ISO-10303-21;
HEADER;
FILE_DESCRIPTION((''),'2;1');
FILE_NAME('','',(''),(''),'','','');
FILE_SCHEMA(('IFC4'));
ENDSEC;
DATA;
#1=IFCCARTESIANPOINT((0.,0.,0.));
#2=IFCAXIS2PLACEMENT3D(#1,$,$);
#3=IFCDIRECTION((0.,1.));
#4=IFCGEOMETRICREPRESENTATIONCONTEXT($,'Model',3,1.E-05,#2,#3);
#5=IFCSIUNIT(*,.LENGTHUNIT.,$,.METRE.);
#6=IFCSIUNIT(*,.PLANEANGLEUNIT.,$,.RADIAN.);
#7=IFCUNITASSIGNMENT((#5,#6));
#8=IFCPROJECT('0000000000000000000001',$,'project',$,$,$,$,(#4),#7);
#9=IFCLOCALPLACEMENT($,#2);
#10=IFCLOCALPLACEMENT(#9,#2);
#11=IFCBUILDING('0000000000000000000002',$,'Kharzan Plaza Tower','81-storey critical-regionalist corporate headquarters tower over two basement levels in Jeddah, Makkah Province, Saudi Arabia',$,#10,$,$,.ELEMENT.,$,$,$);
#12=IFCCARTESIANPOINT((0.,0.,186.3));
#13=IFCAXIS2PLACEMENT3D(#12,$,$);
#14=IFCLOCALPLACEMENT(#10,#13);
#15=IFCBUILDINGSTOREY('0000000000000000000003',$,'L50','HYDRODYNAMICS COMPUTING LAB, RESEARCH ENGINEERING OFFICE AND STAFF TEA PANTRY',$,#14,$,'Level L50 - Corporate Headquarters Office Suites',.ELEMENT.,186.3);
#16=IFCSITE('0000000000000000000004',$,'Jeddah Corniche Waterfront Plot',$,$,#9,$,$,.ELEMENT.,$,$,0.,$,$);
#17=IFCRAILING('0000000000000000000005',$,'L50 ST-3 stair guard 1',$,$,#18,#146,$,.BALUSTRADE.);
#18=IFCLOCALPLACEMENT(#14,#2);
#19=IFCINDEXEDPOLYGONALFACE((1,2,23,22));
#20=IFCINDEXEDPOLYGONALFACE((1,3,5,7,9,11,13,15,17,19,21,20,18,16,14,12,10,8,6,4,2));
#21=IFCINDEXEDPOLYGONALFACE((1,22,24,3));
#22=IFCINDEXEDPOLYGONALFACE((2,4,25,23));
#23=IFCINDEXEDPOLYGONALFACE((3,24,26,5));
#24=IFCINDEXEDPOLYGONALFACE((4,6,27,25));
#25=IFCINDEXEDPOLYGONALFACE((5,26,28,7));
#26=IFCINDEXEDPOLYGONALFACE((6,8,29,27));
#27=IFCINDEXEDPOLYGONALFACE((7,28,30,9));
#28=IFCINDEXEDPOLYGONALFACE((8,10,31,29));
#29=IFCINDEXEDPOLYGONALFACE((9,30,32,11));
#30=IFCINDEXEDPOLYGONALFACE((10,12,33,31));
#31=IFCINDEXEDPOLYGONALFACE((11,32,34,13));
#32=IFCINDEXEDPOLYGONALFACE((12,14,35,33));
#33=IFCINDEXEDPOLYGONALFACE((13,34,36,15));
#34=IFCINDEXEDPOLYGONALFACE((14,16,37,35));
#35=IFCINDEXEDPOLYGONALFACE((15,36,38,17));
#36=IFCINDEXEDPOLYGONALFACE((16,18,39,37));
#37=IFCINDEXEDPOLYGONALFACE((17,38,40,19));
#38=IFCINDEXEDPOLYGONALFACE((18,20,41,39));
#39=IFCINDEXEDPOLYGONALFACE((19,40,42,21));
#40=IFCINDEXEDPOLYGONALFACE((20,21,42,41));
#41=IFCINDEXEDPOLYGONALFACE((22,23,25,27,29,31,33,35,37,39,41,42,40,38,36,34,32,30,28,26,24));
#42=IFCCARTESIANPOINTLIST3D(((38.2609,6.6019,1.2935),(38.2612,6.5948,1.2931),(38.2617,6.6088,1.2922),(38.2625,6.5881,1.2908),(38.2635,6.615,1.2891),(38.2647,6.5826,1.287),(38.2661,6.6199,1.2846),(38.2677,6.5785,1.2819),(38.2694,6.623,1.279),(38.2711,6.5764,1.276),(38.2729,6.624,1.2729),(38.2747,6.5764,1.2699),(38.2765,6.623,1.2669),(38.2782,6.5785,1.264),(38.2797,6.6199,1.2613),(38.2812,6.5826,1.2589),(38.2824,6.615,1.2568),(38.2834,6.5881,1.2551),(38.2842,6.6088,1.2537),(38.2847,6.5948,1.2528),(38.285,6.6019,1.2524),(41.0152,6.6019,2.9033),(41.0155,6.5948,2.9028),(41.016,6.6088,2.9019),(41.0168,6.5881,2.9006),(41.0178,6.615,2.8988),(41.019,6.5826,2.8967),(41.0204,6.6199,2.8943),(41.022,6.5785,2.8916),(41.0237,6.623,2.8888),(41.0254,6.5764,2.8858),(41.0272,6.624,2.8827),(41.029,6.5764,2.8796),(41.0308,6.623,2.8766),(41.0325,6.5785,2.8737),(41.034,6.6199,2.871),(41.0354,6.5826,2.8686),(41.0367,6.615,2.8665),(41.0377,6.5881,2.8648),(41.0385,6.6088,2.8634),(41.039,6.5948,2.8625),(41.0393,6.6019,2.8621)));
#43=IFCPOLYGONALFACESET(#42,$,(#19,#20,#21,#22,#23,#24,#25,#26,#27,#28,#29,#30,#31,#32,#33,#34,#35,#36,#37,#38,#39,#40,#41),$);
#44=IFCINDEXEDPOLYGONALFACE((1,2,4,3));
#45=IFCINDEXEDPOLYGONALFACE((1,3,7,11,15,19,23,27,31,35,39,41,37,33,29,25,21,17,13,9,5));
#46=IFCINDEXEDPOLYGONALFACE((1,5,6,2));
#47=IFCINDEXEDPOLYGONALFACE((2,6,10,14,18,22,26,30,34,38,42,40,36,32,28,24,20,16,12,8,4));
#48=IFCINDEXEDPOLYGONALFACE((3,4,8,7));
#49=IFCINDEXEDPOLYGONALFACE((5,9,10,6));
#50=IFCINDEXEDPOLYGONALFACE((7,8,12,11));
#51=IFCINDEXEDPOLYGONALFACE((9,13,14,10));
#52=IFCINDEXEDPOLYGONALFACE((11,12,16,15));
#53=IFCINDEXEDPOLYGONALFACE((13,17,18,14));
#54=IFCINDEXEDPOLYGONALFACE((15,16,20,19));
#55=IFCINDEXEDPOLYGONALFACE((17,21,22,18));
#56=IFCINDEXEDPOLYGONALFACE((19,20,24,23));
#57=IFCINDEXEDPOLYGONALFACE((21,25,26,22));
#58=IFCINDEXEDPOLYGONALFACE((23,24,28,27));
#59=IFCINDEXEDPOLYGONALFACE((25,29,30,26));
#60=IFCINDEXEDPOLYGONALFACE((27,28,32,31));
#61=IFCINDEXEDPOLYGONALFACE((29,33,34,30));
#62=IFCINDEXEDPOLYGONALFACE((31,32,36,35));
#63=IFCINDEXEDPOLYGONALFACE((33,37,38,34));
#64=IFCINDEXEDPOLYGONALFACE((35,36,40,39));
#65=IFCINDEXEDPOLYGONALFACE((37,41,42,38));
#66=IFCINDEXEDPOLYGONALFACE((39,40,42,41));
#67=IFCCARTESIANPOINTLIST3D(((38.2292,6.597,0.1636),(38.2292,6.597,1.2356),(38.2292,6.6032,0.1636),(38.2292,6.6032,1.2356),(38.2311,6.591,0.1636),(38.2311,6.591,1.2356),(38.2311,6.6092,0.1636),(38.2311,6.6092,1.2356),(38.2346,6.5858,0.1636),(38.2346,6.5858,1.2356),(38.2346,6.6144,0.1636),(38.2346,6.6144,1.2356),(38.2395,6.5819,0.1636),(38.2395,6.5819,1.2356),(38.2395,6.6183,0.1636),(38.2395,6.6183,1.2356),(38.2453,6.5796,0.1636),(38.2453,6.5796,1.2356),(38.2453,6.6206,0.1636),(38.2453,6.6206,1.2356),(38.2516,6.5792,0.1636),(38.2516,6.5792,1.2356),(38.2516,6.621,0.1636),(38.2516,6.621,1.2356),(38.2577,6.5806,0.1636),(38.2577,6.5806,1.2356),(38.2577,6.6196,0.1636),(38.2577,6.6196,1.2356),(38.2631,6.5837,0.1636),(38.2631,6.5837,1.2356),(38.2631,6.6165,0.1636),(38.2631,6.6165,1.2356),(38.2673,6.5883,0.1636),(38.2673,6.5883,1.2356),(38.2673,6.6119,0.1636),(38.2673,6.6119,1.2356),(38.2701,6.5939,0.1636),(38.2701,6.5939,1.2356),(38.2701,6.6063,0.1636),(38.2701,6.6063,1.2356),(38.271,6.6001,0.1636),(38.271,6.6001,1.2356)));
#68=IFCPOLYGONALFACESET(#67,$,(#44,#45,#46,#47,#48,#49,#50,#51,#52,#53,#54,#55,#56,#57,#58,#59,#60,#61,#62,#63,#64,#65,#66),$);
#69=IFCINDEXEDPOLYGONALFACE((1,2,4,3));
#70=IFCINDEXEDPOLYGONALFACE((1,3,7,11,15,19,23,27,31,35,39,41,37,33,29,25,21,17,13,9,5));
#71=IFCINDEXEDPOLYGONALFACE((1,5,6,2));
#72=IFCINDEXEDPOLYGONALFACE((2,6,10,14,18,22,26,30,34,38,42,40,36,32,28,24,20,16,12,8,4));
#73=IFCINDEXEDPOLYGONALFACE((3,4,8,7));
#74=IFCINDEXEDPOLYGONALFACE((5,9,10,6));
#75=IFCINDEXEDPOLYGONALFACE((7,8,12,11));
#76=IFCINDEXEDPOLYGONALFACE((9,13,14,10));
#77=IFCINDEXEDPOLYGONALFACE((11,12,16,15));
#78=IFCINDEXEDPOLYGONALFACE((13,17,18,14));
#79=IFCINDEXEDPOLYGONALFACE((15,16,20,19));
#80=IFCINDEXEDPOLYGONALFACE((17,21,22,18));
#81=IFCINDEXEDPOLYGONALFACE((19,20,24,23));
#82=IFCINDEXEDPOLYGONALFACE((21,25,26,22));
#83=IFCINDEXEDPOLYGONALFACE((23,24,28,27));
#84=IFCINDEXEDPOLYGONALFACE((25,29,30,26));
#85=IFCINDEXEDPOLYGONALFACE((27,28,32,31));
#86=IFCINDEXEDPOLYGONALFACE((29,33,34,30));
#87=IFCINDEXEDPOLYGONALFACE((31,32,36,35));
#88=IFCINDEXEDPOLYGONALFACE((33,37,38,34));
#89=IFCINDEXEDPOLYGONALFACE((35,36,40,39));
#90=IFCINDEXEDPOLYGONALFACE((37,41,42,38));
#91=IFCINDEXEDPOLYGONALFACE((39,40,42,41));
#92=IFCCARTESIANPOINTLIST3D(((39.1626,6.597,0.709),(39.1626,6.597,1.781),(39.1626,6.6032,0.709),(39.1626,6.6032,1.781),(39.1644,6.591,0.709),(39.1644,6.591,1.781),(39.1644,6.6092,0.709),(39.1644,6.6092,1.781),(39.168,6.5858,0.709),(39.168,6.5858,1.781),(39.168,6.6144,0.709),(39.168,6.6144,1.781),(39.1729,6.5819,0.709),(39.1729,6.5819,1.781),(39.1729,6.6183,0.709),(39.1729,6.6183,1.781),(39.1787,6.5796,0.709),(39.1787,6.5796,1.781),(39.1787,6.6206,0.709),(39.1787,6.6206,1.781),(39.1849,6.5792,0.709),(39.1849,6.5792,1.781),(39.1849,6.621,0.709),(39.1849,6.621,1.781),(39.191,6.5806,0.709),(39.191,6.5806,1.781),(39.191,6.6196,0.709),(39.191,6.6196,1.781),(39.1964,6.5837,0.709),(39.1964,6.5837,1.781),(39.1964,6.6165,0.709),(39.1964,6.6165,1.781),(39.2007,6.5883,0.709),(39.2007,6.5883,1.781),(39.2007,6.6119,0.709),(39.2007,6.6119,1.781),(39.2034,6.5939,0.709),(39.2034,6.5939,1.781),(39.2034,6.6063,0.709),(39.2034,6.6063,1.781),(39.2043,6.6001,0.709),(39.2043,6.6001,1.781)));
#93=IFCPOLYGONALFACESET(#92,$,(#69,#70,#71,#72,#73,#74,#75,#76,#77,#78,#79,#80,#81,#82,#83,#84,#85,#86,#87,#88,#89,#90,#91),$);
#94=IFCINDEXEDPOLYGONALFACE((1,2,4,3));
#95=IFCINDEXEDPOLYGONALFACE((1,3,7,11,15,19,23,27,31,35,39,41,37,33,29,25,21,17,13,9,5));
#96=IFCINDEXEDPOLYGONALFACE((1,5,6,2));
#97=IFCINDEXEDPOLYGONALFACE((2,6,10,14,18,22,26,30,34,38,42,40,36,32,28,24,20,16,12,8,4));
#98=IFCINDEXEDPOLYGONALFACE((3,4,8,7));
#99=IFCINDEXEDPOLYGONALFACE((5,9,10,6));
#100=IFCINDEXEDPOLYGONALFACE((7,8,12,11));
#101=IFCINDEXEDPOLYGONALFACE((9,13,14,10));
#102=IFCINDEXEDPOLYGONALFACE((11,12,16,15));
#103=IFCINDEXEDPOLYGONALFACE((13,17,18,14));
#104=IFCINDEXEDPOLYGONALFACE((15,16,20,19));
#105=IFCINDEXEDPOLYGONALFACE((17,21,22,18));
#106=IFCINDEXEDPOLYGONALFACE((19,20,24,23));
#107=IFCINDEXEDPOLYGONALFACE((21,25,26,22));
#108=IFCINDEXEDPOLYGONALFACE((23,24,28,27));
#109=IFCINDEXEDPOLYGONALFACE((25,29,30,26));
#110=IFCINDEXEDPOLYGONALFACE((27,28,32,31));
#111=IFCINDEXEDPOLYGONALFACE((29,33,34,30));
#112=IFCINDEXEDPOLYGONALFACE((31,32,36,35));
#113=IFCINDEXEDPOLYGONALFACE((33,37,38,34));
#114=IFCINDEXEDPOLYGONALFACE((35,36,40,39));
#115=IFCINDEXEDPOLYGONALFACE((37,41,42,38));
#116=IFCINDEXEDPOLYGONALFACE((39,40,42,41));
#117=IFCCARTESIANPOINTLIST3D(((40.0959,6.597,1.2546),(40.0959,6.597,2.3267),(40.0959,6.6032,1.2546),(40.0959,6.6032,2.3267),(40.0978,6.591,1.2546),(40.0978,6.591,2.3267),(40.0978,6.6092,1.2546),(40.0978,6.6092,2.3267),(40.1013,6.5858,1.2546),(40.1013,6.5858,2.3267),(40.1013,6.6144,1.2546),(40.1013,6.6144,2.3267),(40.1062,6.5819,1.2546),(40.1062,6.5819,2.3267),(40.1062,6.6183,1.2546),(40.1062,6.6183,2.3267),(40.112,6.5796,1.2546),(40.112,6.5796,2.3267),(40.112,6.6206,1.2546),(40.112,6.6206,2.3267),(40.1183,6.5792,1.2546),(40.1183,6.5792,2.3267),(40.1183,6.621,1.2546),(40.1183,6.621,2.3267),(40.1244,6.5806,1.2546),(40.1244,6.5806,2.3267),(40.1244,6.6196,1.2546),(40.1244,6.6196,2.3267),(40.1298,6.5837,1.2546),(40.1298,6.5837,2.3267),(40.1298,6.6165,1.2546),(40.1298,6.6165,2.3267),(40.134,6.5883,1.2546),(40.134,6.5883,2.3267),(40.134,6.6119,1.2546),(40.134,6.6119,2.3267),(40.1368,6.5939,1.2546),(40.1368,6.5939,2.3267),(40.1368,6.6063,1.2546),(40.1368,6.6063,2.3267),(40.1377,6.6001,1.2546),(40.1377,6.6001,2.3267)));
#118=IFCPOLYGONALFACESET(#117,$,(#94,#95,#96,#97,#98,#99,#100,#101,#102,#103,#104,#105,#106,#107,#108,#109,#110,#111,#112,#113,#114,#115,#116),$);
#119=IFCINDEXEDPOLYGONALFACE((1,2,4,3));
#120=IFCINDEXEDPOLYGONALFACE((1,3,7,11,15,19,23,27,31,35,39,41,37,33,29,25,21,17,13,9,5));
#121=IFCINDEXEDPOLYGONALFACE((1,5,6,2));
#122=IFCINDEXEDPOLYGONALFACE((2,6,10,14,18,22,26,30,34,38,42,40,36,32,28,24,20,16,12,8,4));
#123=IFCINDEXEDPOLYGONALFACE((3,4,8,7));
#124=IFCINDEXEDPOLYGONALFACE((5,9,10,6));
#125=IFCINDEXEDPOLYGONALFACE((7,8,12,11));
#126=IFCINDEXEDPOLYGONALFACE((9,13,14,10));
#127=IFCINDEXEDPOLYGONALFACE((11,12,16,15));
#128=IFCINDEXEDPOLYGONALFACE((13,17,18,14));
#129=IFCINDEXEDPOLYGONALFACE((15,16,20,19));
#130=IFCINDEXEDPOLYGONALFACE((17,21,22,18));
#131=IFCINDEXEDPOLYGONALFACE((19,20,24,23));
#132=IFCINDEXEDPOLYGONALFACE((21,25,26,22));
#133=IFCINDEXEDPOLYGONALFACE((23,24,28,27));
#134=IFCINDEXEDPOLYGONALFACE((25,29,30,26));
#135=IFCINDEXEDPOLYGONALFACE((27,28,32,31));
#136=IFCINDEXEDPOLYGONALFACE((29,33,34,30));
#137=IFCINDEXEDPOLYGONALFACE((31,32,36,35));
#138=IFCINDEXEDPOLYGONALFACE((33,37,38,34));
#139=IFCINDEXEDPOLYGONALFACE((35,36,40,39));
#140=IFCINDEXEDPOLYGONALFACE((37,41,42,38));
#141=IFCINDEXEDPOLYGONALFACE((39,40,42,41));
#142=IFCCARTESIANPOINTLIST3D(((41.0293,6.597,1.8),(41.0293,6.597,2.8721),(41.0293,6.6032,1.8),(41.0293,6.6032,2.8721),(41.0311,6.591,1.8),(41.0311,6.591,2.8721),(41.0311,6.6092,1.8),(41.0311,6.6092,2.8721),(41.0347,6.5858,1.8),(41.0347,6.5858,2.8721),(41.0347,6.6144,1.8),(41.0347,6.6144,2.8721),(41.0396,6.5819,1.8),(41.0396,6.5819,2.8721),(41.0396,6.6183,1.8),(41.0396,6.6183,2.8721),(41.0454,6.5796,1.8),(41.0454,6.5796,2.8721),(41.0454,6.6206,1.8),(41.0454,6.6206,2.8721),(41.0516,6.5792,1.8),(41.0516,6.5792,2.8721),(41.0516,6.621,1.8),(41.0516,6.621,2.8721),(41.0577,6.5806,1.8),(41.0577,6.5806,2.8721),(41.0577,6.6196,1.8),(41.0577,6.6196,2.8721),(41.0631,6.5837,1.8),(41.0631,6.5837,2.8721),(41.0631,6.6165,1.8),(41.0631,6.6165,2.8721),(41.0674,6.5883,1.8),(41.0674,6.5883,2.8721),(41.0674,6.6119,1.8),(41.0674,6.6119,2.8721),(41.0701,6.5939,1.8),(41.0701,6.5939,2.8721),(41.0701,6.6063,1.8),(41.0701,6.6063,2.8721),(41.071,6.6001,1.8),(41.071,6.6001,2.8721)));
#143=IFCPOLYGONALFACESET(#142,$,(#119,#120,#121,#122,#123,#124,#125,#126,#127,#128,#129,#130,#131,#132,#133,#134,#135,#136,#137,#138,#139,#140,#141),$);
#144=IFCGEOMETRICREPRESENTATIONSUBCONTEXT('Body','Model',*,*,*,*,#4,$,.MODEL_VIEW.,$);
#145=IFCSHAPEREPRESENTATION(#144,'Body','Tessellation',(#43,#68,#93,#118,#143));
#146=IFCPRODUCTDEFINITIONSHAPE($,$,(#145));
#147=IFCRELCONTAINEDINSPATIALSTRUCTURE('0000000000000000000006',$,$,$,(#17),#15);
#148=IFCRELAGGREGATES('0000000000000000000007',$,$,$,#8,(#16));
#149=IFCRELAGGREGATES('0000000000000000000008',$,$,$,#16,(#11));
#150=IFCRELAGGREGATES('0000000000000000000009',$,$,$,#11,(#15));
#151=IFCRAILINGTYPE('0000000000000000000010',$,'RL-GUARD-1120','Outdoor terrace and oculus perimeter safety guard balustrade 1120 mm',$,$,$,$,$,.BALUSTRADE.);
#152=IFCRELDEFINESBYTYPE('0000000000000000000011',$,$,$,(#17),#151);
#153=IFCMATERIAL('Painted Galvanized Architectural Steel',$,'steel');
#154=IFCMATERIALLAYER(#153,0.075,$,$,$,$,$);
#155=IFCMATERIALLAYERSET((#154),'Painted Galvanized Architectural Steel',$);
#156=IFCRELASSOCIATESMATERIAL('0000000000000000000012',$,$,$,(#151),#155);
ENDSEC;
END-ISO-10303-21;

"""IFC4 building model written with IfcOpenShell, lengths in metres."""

from ifc_helpers import new_model, si_unit, direction, frame, origin, origin_2d, place, context, subcontext, project, spatial, circle, extrude, source, transform, mapped, material, layer, layer_set, type_object, element, save


model = new_model("IFC4")

# Units and contexts
model_context = context("Model", 3, precision=1e-05, world=origin(), true_north=direction((0.0, 1.0)))
body_context = subcontext(model_context, "Body", "Model", "MODEL_VIEW")
ifc_project = project(units=[si_unit("LENGTHUNIT", "METRE"), si_unit("PLANEANGLEUNIT", "RADIAN")], contexts=[model_context])

# Site, building, storey
site_placement = place(None, origin())
site = spatial("IfcSite", under=ifc_project, at=site_placement, Name="Jeddah Corniche Waterfront Plot", CompositionType="ELEMENT", RefElevation=0.0)
building_placement = place(site_placement, origin())
building = spatial("IfcBuilding", under=site, at=building_placement, Name="Kharzan Plaza Tower", Description="81-storey critical-regionalist corporate headquarters tower over two basement levels in Jeddah, Makkah Province, Saudi Arabia", CompositionType="ELEMENT")
storey_placement = place(building_placement, frame((0.0, 0.0, 186.3)))
storey = spatial("IfcBuildingStorey", under=building, at=storey_placement, Name="L50", Description="HYDRODYNAMICS COMPUTING LAB, RESEARCH ENGINEERING OFFICE AND STAFF TEA PANTRY", LongName="Level L50 - Corporate Headquarters Office Suites", CompositionType="ELEMENT", Elevation=186.3)

# Railing
ifc_material_1 = material(Name="Painted Galvanized Architectural Steel", Category="steel")
ifc_layer_1 = layer(ifc_material_1, 0.075)
ifc_layer_set_1 = layer_set([ifc_layer_1], Name="Painted Galvanized Architectural Steel")
railing_type_1 = type_object("IfcRailingType", Name="RL-GUARD-1120", Description="Outdoor terrace and oculus perimeter safety guard balustrade 1120 mm", PredefinedType="BALUSTRADE", material=ifc_layer_set_1)
shared_shape_1 = source(origin(), body_context, "Body", "SweptSolid", [
    extrude(circle(Radius=0.0239, at=origin_2d()), frame((0.0229, 0.0, 1.1094), z_axis=(0.863361, 0.0, 0.504587), x_axis=(0.0, 1.0, 0.0)), (0.0, 0.0, 1.0), 3.1902),
    extrude(circle(Radius=0.021, at=origin_2d()), origin(), (0.0, 0.0, 1.0), 1.072),
    extrude(circle(Radius=0.021, at=origin_2d()), frame((0.9333, 0.0, 0.5454)), (0.0, 0.0, 1.0), 1.072),
    extrude(circle(Radius=0.021, at=origin_2d()), frame((1.8667, 0.0, 1.0911)), (0.0, 0.0, 1.0), 1.072),
    extrude(circle(Radius=0.021, at=origin_2d()), frame((2.8, 0.0, 1.6365)), (0.0, 0.0, 1.0), 1.072),
])
railing_1_placement = place(storey_placement, frame((38.25, 6.6001, 0.1636)))
element("IfcRailing", 1, at=railing_1_placement, inside=storey, type_object=railing_type_1, Name="L50 ST-3 stair guard 1", PredefinedType="BALUSTRADE", context=body_context, shape_type="MappedRepresentation", body=[
    mapped(shared_shape_1, transform((0.0, 0.0, 0.0), x_axis=(1.0, 0.0, 0.0), y_axis=(0.0, 1.0, 0.0), z_axis=(0.0, 0.0, 1.0))),
])

save(model, "model.ifc")
